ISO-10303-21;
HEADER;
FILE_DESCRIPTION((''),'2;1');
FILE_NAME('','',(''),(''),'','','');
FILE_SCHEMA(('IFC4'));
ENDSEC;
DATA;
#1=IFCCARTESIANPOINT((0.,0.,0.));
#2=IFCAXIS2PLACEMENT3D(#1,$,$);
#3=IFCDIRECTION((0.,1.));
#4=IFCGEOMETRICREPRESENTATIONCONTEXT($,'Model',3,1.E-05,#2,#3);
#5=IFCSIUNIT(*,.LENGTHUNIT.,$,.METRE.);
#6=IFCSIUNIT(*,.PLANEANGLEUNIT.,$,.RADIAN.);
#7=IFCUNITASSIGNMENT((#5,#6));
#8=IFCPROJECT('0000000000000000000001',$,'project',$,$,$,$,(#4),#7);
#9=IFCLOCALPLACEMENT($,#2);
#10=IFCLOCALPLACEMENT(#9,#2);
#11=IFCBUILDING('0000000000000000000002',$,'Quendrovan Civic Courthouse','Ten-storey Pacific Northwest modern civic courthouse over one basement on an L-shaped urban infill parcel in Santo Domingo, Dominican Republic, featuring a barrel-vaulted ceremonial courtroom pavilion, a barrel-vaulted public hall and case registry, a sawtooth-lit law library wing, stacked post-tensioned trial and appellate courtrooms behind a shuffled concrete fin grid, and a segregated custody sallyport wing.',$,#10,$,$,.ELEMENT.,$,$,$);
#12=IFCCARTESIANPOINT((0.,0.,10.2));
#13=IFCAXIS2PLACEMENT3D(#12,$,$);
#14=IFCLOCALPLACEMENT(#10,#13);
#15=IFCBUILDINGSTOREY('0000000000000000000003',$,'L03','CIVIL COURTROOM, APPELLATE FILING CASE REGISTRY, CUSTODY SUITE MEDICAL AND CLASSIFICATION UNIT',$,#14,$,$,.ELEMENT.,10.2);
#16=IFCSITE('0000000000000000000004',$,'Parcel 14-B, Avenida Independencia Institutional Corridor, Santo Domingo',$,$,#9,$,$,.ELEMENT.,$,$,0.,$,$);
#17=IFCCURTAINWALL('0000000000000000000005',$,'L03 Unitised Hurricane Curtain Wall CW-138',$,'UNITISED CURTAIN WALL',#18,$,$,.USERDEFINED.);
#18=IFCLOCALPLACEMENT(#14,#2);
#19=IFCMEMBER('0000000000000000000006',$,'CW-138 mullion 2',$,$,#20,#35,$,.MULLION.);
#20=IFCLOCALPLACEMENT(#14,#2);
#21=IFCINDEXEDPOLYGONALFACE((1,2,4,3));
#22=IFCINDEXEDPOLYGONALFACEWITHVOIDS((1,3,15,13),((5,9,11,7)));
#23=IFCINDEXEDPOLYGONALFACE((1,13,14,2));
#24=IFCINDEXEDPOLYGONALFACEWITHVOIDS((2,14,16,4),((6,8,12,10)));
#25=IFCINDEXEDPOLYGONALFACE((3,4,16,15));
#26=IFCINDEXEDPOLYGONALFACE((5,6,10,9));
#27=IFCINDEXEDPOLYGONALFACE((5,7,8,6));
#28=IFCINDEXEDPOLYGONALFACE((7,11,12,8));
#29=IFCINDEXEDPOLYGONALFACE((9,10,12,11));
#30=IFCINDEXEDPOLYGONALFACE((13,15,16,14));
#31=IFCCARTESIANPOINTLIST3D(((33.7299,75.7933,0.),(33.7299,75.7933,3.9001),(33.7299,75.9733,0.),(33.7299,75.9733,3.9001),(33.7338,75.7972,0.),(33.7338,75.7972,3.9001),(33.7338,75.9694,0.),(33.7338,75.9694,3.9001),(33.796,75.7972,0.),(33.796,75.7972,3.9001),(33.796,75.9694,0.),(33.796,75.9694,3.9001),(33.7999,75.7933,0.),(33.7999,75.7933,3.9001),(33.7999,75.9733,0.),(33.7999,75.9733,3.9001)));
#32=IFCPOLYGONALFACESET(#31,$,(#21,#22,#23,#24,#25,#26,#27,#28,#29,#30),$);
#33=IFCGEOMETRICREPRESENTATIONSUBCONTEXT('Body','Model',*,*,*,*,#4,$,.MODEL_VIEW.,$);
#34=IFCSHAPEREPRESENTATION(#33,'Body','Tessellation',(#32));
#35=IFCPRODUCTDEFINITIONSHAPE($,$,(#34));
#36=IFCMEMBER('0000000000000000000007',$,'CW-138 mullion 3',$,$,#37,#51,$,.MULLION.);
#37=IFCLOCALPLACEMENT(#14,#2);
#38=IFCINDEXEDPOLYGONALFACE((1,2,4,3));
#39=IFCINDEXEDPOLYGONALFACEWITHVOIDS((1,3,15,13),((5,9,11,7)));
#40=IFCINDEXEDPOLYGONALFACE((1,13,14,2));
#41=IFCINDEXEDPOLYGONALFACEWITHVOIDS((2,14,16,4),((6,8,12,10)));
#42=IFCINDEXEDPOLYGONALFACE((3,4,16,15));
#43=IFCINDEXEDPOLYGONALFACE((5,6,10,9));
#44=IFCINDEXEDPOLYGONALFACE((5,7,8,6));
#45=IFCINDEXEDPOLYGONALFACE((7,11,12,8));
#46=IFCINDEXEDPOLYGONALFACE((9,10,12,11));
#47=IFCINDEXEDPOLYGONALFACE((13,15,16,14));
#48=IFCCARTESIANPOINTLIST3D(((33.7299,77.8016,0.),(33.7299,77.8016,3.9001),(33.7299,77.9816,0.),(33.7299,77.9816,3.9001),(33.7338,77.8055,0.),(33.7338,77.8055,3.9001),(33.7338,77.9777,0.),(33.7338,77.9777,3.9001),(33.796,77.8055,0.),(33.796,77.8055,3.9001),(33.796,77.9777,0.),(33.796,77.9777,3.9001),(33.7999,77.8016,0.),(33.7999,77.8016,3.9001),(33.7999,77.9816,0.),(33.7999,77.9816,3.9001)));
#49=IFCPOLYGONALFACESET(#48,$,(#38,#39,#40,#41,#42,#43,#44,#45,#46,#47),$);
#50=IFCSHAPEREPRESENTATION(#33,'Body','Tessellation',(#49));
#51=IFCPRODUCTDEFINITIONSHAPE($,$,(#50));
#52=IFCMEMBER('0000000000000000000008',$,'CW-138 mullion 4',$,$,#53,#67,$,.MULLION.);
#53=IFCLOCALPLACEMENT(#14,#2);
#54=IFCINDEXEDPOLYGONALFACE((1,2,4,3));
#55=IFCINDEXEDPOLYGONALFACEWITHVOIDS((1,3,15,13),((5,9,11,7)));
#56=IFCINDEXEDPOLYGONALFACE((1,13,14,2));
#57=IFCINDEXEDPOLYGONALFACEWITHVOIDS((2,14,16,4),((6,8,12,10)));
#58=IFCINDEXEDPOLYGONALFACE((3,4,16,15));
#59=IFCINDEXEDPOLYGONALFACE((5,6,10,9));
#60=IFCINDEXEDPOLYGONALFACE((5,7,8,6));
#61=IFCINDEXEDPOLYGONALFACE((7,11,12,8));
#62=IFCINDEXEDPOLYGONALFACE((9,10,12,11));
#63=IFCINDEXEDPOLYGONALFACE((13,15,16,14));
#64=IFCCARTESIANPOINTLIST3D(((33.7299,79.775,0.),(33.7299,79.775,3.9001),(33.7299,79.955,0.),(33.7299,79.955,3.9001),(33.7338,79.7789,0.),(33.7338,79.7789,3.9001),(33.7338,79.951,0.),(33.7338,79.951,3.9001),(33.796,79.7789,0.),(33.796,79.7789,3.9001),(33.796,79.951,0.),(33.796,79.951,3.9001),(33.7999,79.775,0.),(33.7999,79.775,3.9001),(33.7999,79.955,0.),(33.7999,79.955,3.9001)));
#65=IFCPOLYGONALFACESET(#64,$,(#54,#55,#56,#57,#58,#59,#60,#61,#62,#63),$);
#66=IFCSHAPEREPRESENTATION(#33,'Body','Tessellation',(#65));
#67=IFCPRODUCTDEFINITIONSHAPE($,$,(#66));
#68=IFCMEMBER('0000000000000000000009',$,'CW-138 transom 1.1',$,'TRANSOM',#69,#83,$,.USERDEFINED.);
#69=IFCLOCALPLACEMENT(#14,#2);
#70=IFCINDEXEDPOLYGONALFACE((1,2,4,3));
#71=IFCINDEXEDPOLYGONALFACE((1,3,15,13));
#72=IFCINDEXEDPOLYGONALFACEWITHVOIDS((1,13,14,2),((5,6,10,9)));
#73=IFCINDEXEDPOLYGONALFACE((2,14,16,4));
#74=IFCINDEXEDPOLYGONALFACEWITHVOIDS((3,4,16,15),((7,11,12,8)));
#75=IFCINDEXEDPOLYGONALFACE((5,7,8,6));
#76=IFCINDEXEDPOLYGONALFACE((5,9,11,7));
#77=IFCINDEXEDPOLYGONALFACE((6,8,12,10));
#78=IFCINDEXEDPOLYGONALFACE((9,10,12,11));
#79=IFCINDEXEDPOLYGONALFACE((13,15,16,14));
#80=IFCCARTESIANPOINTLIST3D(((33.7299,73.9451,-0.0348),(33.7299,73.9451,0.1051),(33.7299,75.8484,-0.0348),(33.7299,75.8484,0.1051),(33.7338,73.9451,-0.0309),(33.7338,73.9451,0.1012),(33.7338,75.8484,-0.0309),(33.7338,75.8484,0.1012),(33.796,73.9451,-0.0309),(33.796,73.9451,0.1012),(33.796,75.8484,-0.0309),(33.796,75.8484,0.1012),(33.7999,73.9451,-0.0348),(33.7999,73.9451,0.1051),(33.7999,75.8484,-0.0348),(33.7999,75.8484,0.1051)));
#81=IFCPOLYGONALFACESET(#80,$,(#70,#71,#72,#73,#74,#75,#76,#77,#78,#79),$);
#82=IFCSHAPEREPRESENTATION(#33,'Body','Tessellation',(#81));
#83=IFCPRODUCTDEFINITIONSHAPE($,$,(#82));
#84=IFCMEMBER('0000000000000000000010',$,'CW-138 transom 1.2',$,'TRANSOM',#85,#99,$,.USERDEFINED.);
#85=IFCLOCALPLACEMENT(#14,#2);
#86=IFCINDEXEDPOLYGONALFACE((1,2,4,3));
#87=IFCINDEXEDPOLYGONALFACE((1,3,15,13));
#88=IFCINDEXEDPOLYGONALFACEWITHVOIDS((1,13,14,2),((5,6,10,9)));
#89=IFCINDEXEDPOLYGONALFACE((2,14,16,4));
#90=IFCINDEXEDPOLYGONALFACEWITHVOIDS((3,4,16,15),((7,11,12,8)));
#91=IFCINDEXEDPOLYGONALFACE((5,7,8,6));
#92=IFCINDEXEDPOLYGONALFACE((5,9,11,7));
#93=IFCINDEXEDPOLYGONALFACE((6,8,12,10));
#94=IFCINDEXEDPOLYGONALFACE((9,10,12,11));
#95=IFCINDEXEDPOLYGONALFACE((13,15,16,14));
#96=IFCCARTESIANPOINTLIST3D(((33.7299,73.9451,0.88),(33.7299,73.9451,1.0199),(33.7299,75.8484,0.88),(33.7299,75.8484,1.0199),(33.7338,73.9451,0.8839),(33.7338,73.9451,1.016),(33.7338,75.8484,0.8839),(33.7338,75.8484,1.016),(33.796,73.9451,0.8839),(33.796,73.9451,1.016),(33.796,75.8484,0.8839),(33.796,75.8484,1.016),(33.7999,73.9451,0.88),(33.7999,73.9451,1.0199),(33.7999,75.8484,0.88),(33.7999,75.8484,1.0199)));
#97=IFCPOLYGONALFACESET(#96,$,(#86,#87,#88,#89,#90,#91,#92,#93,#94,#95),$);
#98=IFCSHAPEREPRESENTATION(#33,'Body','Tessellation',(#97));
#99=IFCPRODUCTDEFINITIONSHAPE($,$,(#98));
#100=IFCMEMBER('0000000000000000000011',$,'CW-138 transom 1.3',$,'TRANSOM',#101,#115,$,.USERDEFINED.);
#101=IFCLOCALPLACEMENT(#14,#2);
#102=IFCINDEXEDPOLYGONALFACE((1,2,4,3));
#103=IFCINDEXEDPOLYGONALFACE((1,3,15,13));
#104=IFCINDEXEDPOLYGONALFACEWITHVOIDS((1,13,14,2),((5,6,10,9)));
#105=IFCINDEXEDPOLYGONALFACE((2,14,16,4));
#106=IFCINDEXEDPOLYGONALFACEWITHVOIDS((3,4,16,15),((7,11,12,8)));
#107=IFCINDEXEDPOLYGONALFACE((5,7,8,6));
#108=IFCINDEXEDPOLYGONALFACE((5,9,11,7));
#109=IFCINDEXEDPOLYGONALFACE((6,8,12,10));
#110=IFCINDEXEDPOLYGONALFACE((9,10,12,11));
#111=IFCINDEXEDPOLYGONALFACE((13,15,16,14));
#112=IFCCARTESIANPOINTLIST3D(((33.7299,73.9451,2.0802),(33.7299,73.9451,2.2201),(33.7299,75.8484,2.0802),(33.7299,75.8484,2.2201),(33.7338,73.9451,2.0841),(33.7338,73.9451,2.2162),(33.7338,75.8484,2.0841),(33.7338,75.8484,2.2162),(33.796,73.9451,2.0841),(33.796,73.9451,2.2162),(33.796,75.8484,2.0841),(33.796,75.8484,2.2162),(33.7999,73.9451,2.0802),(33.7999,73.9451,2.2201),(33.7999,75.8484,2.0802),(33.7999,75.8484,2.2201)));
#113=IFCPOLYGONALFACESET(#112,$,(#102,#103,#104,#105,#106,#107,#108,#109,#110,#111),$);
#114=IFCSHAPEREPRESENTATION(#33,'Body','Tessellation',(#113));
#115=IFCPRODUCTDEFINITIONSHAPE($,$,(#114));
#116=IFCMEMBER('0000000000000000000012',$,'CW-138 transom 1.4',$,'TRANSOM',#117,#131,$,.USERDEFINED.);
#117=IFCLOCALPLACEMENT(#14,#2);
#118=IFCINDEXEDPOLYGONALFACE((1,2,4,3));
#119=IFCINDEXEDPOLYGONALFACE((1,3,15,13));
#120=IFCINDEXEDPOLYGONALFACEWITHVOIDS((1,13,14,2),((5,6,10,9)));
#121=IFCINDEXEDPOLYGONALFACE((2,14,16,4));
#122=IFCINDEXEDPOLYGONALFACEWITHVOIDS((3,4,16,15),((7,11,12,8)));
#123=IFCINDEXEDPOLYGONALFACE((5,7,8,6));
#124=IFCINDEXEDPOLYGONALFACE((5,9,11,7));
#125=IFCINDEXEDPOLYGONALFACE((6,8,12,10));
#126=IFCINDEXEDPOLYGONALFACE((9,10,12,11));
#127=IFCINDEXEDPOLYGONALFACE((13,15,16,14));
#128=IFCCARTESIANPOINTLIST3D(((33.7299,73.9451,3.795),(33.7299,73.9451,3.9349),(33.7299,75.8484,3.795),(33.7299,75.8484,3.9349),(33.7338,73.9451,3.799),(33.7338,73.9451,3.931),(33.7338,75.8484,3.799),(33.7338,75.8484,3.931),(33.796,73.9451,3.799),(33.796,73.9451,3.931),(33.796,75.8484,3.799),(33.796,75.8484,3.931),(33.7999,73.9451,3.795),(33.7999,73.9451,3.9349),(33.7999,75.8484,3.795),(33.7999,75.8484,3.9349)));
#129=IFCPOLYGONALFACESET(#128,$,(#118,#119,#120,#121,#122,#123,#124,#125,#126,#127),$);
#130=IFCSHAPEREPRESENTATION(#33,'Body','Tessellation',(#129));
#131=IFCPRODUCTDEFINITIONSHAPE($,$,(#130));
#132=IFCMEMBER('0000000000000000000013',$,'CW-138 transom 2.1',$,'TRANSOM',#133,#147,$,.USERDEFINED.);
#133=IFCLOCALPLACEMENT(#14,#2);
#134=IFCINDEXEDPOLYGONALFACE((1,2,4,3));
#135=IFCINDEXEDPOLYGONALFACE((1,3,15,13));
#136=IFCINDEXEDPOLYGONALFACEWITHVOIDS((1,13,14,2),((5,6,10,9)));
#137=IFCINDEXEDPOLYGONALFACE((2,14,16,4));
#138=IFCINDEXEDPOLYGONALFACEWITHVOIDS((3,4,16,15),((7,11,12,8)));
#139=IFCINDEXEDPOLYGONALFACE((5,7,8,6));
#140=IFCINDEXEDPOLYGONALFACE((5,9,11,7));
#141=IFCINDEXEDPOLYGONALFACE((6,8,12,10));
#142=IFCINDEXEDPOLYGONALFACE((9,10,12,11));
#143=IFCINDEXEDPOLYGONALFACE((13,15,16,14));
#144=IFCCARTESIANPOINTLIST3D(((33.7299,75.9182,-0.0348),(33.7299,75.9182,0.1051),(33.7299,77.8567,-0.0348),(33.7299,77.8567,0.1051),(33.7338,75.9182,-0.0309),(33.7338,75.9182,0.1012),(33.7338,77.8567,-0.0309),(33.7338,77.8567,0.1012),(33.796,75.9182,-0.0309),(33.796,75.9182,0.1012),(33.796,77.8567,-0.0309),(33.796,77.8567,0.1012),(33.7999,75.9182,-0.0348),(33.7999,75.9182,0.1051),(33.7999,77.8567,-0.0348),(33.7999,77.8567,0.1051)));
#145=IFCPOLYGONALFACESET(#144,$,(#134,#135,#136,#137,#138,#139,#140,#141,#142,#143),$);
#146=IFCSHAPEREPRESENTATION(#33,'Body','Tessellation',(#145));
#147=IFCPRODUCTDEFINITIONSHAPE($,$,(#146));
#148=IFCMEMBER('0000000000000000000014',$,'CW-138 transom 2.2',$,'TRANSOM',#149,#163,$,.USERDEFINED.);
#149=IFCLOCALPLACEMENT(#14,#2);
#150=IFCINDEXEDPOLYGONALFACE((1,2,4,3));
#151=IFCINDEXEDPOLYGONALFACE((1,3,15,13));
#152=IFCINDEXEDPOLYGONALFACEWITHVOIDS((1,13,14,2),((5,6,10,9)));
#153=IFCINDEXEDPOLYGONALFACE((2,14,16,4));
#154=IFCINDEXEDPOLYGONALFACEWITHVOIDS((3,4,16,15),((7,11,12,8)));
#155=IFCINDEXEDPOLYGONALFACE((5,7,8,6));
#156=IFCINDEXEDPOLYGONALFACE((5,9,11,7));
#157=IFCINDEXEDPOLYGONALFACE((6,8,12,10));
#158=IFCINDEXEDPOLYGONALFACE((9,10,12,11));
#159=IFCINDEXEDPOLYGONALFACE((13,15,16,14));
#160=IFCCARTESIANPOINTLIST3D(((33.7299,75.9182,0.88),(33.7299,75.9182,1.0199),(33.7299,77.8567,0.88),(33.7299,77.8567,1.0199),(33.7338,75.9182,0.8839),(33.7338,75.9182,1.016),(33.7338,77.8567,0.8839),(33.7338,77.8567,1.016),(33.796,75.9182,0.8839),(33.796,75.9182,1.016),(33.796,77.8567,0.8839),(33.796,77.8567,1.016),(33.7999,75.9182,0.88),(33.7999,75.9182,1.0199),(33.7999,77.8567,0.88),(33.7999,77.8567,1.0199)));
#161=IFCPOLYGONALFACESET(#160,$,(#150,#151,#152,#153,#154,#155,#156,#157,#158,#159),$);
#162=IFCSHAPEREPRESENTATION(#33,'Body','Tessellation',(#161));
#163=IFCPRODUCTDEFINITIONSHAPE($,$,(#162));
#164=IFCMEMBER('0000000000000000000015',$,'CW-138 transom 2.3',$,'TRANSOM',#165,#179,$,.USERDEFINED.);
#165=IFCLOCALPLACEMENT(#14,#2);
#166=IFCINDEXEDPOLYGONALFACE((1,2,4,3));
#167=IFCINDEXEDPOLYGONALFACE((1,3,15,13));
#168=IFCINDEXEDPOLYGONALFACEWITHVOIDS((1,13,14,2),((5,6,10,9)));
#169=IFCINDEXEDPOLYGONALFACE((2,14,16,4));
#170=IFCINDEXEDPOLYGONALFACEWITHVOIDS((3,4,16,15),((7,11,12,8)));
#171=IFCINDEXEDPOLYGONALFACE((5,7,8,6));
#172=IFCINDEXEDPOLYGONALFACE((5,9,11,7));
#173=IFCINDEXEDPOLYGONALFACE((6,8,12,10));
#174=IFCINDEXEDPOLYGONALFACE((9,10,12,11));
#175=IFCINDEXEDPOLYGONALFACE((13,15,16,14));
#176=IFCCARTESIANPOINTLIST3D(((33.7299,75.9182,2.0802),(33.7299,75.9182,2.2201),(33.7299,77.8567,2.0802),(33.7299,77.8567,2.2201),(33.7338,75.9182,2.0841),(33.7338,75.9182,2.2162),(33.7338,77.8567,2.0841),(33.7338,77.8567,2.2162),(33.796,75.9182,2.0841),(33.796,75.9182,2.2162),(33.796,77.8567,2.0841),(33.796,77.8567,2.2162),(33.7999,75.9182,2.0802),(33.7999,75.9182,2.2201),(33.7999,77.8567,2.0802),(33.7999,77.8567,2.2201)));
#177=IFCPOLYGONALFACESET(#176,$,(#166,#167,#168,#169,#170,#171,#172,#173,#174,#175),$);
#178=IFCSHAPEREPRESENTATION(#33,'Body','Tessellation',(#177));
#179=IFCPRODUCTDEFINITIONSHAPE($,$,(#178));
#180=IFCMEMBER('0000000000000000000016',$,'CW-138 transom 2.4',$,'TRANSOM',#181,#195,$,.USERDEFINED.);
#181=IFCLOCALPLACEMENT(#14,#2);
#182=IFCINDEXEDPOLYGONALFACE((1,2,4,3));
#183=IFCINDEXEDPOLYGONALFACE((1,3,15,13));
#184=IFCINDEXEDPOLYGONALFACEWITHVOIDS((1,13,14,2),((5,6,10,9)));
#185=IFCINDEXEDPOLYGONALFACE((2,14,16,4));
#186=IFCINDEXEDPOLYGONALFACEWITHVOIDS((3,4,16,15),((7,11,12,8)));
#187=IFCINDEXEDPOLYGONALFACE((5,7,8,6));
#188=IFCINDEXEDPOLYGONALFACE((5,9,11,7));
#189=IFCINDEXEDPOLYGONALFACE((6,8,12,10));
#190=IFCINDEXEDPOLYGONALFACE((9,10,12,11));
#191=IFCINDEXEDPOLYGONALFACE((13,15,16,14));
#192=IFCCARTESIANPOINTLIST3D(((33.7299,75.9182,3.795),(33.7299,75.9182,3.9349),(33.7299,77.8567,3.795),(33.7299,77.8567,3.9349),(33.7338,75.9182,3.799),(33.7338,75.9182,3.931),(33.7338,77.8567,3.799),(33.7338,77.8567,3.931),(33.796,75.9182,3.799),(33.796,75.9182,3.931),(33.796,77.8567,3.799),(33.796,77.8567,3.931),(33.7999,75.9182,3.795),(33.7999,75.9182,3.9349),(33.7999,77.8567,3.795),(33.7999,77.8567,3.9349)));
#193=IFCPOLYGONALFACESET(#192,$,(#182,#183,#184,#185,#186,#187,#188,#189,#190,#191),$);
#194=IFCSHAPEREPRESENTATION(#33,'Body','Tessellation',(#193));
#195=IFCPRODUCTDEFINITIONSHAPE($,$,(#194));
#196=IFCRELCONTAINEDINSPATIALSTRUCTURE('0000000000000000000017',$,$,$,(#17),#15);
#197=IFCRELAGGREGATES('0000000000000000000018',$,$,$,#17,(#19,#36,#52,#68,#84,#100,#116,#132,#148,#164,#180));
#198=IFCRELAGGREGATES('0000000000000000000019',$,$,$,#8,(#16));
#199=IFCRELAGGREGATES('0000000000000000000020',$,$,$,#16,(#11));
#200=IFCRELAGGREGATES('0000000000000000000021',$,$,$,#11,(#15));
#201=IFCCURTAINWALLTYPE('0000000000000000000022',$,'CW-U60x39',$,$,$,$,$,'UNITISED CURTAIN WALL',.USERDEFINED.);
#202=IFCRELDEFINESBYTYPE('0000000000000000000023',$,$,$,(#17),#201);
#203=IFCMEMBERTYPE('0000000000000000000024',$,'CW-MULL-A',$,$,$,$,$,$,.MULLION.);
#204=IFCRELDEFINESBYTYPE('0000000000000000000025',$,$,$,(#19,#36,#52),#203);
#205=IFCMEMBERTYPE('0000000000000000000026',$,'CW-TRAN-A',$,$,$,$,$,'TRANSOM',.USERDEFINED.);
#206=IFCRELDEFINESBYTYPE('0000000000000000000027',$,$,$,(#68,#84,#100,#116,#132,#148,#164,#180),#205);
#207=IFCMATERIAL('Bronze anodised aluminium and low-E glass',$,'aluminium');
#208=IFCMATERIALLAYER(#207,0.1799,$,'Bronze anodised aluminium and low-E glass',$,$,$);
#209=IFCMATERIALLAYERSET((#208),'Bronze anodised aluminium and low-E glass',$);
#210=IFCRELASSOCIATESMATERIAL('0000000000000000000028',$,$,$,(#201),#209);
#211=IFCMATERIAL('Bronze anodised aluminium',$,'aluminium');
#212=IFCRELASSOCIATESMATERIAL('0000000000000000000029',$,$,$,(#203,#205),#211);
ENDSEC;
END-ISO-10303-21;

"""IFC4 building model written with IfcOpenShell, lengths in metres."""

from ifc_helpers import new_model, si_unit, direction, frame, origin, origin_2d, place, context, subcontext, project, spatial, hollow_rectangle, extrude, material, layer, layer_set, material_profile, profile_set, type_object, element, aggregate, save


model = new_model("IFC4")

# Units and contexts
model_context = context("Model", 3, precision=1e-05, world=origin(), true_north=direction((0.0, 1.0)))
body_context = subcontext(model_context, "Body", "Model", "MODEL_VIEW")
ifc_project = project(units=[si_unit("LENGTHUNIT", "METRE"), si_unit("PLANEANGLEUNIT", "RADIAN")], contexts=[model_context])

# Site, building, storey
site_placement = place(None, origin())
site = spatial("IfcSite", under=ifc_project, at=site_placement, Name="Parcel 14-B, Avenida Independencia Institutional Corridor, Santo Domingo", CompositionType="ELEMENT", RefElevation=0.0)
building_placement = place(site_placement, origin())
building = spatial("IfcBuilding", under=site, at=building_placement, Name="Quendrovan Civic Courthouse", Description="Ten-storey Pacific Northwest modern civic courthouse over one basement on an L-shaped urban infill parcel in Santo Domingo, Dominican Republic, featuring a barrel-vaulted ceremonial courtroom pavilion, a barrel-vaulted public hall and case registry, a sawtooth-lit law library wing, stacked post-tensioned trial and appellate courtrooms behind a shuffled concrete fin grid, and a segregated custody sallyport wing.", CompositionType="ELEMENT")
storey_placement = place(building_placement, frame((0.0, 0.0, 10.2)))
storey = spatial("IfcBuildingStorey", under=building, at=storey_placement, Name="L03", Description="CIVIL COURTROOM, APPELLATE FILING CASE REGISTRY, CUSTODY SUITE MEDICAL AND CLASSIFICATION UNIT", CompositionType="ELEMENT", Elevation=10.2)

# Curtain wall, members
ifc_material_1 = material(Name="Bronze anodised aluminium and low-E glass", Category="aluminium")
ifc_layer_1 = layer(ifc_material_1, 0.1799, Name="Bronze anodised aluminium and low-E glass")
ifc_layer_set_1 = layer_set([ifc_layer_1], Name="Bronze anodised aluminium and low-E glass")
curtain_wall_type = type_object("IfcCurtainWallType", Name="CW-U60x39", ElementType="UNITISED CURTAIN WALL", PredefinedType="USERDEFINED", material=ifc_layer_set_1)
curtain_wall_placement = place(storey_placement, origin())
curtain_wall = element("IfcCurtainWall", 1, at=curtain_wall_placement, inside=storey, type_object=curtain_wall_type, Name="L03 Unitised Hurricane Curtain Wall CW-138", ObjectType="UNITISED CURTAIN WALL", PredefinedType="USERDEFINED")
ifc_material_2 = material(Name="Bronze anodised aluminium", Category="aluminium")
ifc_material_profile_1 = material_profile(ifc_material_2, hollow_rectangle(XDim=0.0701, YDim=0.1799, WallThickness=0.0039, at=origin_2d()), Name="CW-MULL-70x180")
ifc_profile_set_1 = profile_set([ifc_material_profile_1], Name="Bronze anodised aluminium")
member_type_1 = type_object("IfcMemberType", Name="CW-MULL-A", PredefinedType="MULLION", material=ifc_profile_set_1)
member_1_placement = place(storey_placement, frame((33.7649, 75.8833, 0.0), z_axis=(0.0, 0.0, 1.0), x_axis=(-1.0, 0.0, 0.0)))
member_1 = element("IfcMember", 2, at=member_1_placement, type_object=member_type_1, Name="CW-138 mullion 2", PredefinedType="MULLION", context=body_context, shape_type="SweptSolid", body=[
    extrude(hollow_rectangle(XDim=0.0701, YDim=0.1799, WallThickness=0.0039, at=origin_2d()), origin(), (0.0, 0.0, 1.0), 3.9001),
])
member_2_placement = place(storey_placement, frame((33.7649, 77.8916, 0.0), z_axis=(0.0, 0.0, 1.0), x_axis=(-1.0, 0.0, 0.0)))
member_2 = element("IfcMember", 3, at=member_2_placement, type_object=member_type_1, Name="CW-138 mullion 3", PredefinedType="MULLION", context=body_context, shape_type="SweptSolid", body=[
    extrude(hollow_rectangle(XDim=0.0701, YDim=0.1799, WallThickness=0.0039, at=origin_2d()), origin(), (0.0, 0.0, 1.0), 3.9001),
])
member_3_placement = place(storey_placement, frame((33.7649, 79.865, 0.0), z_axis=(0.0, 0.0, 1.0), x_axis=(-1.0, 0.0, 0.0)))
member_3 = element("IfcMember", 4, at=member_3_placement, type_object=member_type_1, Name="CW-138 mullion 4", PredefinedType="MULLION", context=body_context, shape_type="SweptSolid", body=[
    extrude(hollow_rectangle(XDim=0.0701, YDim=0.1799, WallThickness=0.0039, at=origin_2d()), origin(), (0.0, 0.0, 1.0), 3.9001),
])
ifc_material_profile_2 = material_profile(ifc_material_2, hollow_rectangle(XDim=0.0701, YDim=0.1399, WallThickness=0.0039, at=origin_2d()), Name="CW-TRAN-70x140")
ifc_profile_set_2 = profile_set([ifc_material_profile_2], Name="Bronze anodised aluminium")
member_type_2 = type_object("IfcMemberType", Name="CW-TRAN-A", ElementType="TRANSOM", PredefinedType="USERDEFINED", material=ifc_profile_set_2)
member_4_placement = place(storey_placement, frame((33.7649, 73.9451, 0.0352), z_axis=(0.0, 1.0, 0.0), x_axis=(-1.0, 0.0, 0.0)))
member_4 = element("IfcMember", 5, at=member_4_placement, type_object=member_type_2, Name="CW-138 transom 1.1", ObjectType="TRANSOM", PredefinedType="USERDEFINED", context=body_context, shape_type="SweptSolid", body=[
    extrude(hollow_rectangle(XDim=0.0701, YDim=0.1399, WallThickness=0.0039, at=origin_2d()), origin(), (0.0, 0.0, 1.0), 1.9033),
])
member_5_placement = place(storey_placement, frame((33.7649, 73.9451, 0.95), z_axis=(0.0, 1.0, 0.0), x_axis=(-1.0, 0.0, 0.0)))
member_5 = element("IfcMember", 6, at=member_5_placement, type_object=member_type_2, Name="CW-138 transom 1.2", ObjectType="TRANSOM", PredefinedType="USERDEFINED", context=body_context, shape_type="SweptSolid", body=[
    extrude(hollow_rectangle(XDim=0.0701, YDim=0.1399, WallThickness=0.0039, at=origin_2d()), origin(), (0.0, 0.0, 1.0), 1.9033),
])
member_6_placement = place(storey_placement, frame((33.7649, 73.9451, 2.1501), z_axis=(0.0, 1.0, 0.0), x_axis=(-1.0, 0.0, 0.0)))
member_6 = element("IfcMember", 7, at=member_6_placement, type_object=member_type_2, Name="CW-138 transom 1.3", ObjectType="TRANSOM", PredefinedType="USERDEFINED", context=body_context, shape_type="SweptSolid", body=[
    extrude(hollow_rectangle(XDim=0.0701, YDim=0.1399, WallThickness=0.0039, at=origin_2d()), origin(), (0.0, 0.0, 1.0), 1.9033),
])
member_7_placement = place(storey_placement, frame((33.7649, 73.9451, 3.865), z_axis=(0.0, 1.0, 0.0), x_axis=(-1.0, 0.0, 0.0)))
member_7 = element("IfcMember", 8, at=member_7_placement, type_object=member_type_2, Name="CW-138 transom 1.4", ObjectType="TRANSOM", PredefinedType="USERDEFINED", context=body_context, shape_type="SweptSolid", body=[
    extrude(hollow_rectangle(XDim=0.0701, YDim=0.1399, WallThickness=0.0039, at=origin_2d()), origin(), (0.0, 0.0, 1.0), 1.9033),
])
member_8_placement = place(storey_placement, frame((33.7649, 75.9182, 0.0352), z_axis=(0.0, 1.0, 0.0), x_axis=(-1.0, 0.0, 0.0)))
member_8 = element("IfcMember", 9, at=member_8_placement, type_object=member_type_2, Name="CW-138 transom 2.1", ObjectType="TRANSOM", PredefinedType="USERDEFINED", context=body_context, shape_type="SweptSolid", body=[
    extrude(hollow_rectangle(XDim=0.0701, YDim=0.1399, WallThickness=0.0039, at=origin_2d()), origin(), (0.0, 0.0, 1.0), 1.9385),
])
member_9_placement = place(storey_placement, frame((33.7649, 75.9182, 0.95), z_axis=(0.0, 1.0, 0.0), x_axis=(-1.0, 0.0, 0.0)))
member_9 = element("IfcMember", 10, at=member_9_placement, type_object=member_type_2, Name="CW-138 transom 2.2", ObjectType="TRANSOM", PredefinedType="USERDEFINED", context=body_context, shape_type="SweptSolid", body=[
    extrude(hollow_rectangle(XDim=0.0701, YDim=0.1399, WallThickness=0.0039, at=origin_2d()), origin(), (0.0, 0.0, 1.0), 1.9385),
])
member_10_placement = place(storey_placement, frame((33.7649, 75.9182, 2.1501), z_axis=(0.0, 1.0, 0.0), x_axis=(-1.0, 0.0, 0.0)))
member_10 = element("IfcMember", 11, at=member_10_placement, type_object=member_type_2, Name="CW-138 transom 2.3", ObjectType="TRANSOM", PredefinedType="USERDEFINED", context=body_context, shape_type="SweptSolid", body=[
    extrude(hollow_rectangle(XDim=0.0701, YDim=0.1399, WallThickness=0.0039, at=origin_2d()), origin(), (0.0, 0.0, 1.0), 1.9385),
])
member_11_placement = place(storey_placement, frame((33.7649, 75.9182, 3.865), z_axis=(0.0, 1.0, 0.0), x_axis=(-1.0, 0.0, 0.0)))
member_11 = element("IfcMember", 12, at=member_11_placement, type_object=member_type_2, Name="CW-138 transom 2.4", ObjectType="TRANSOM", PredefinedType="USERDEFINED", context=body_context, shape_type="SweptSolid", body=[
    extrude(hollow_rectangle(XDim=0.0701, YDim=0.1399, WallThickness=0.0039, at=origin_2d()), origin(), (0.0, 0.0, 1.0), 1.9385),
])
aggregate(curtain_wall, [member_1, member_2, member_3, member_4, member_5, member_6, member_7, member_8, member_9, member_10, member_11])

save(model, "model.ifc")
